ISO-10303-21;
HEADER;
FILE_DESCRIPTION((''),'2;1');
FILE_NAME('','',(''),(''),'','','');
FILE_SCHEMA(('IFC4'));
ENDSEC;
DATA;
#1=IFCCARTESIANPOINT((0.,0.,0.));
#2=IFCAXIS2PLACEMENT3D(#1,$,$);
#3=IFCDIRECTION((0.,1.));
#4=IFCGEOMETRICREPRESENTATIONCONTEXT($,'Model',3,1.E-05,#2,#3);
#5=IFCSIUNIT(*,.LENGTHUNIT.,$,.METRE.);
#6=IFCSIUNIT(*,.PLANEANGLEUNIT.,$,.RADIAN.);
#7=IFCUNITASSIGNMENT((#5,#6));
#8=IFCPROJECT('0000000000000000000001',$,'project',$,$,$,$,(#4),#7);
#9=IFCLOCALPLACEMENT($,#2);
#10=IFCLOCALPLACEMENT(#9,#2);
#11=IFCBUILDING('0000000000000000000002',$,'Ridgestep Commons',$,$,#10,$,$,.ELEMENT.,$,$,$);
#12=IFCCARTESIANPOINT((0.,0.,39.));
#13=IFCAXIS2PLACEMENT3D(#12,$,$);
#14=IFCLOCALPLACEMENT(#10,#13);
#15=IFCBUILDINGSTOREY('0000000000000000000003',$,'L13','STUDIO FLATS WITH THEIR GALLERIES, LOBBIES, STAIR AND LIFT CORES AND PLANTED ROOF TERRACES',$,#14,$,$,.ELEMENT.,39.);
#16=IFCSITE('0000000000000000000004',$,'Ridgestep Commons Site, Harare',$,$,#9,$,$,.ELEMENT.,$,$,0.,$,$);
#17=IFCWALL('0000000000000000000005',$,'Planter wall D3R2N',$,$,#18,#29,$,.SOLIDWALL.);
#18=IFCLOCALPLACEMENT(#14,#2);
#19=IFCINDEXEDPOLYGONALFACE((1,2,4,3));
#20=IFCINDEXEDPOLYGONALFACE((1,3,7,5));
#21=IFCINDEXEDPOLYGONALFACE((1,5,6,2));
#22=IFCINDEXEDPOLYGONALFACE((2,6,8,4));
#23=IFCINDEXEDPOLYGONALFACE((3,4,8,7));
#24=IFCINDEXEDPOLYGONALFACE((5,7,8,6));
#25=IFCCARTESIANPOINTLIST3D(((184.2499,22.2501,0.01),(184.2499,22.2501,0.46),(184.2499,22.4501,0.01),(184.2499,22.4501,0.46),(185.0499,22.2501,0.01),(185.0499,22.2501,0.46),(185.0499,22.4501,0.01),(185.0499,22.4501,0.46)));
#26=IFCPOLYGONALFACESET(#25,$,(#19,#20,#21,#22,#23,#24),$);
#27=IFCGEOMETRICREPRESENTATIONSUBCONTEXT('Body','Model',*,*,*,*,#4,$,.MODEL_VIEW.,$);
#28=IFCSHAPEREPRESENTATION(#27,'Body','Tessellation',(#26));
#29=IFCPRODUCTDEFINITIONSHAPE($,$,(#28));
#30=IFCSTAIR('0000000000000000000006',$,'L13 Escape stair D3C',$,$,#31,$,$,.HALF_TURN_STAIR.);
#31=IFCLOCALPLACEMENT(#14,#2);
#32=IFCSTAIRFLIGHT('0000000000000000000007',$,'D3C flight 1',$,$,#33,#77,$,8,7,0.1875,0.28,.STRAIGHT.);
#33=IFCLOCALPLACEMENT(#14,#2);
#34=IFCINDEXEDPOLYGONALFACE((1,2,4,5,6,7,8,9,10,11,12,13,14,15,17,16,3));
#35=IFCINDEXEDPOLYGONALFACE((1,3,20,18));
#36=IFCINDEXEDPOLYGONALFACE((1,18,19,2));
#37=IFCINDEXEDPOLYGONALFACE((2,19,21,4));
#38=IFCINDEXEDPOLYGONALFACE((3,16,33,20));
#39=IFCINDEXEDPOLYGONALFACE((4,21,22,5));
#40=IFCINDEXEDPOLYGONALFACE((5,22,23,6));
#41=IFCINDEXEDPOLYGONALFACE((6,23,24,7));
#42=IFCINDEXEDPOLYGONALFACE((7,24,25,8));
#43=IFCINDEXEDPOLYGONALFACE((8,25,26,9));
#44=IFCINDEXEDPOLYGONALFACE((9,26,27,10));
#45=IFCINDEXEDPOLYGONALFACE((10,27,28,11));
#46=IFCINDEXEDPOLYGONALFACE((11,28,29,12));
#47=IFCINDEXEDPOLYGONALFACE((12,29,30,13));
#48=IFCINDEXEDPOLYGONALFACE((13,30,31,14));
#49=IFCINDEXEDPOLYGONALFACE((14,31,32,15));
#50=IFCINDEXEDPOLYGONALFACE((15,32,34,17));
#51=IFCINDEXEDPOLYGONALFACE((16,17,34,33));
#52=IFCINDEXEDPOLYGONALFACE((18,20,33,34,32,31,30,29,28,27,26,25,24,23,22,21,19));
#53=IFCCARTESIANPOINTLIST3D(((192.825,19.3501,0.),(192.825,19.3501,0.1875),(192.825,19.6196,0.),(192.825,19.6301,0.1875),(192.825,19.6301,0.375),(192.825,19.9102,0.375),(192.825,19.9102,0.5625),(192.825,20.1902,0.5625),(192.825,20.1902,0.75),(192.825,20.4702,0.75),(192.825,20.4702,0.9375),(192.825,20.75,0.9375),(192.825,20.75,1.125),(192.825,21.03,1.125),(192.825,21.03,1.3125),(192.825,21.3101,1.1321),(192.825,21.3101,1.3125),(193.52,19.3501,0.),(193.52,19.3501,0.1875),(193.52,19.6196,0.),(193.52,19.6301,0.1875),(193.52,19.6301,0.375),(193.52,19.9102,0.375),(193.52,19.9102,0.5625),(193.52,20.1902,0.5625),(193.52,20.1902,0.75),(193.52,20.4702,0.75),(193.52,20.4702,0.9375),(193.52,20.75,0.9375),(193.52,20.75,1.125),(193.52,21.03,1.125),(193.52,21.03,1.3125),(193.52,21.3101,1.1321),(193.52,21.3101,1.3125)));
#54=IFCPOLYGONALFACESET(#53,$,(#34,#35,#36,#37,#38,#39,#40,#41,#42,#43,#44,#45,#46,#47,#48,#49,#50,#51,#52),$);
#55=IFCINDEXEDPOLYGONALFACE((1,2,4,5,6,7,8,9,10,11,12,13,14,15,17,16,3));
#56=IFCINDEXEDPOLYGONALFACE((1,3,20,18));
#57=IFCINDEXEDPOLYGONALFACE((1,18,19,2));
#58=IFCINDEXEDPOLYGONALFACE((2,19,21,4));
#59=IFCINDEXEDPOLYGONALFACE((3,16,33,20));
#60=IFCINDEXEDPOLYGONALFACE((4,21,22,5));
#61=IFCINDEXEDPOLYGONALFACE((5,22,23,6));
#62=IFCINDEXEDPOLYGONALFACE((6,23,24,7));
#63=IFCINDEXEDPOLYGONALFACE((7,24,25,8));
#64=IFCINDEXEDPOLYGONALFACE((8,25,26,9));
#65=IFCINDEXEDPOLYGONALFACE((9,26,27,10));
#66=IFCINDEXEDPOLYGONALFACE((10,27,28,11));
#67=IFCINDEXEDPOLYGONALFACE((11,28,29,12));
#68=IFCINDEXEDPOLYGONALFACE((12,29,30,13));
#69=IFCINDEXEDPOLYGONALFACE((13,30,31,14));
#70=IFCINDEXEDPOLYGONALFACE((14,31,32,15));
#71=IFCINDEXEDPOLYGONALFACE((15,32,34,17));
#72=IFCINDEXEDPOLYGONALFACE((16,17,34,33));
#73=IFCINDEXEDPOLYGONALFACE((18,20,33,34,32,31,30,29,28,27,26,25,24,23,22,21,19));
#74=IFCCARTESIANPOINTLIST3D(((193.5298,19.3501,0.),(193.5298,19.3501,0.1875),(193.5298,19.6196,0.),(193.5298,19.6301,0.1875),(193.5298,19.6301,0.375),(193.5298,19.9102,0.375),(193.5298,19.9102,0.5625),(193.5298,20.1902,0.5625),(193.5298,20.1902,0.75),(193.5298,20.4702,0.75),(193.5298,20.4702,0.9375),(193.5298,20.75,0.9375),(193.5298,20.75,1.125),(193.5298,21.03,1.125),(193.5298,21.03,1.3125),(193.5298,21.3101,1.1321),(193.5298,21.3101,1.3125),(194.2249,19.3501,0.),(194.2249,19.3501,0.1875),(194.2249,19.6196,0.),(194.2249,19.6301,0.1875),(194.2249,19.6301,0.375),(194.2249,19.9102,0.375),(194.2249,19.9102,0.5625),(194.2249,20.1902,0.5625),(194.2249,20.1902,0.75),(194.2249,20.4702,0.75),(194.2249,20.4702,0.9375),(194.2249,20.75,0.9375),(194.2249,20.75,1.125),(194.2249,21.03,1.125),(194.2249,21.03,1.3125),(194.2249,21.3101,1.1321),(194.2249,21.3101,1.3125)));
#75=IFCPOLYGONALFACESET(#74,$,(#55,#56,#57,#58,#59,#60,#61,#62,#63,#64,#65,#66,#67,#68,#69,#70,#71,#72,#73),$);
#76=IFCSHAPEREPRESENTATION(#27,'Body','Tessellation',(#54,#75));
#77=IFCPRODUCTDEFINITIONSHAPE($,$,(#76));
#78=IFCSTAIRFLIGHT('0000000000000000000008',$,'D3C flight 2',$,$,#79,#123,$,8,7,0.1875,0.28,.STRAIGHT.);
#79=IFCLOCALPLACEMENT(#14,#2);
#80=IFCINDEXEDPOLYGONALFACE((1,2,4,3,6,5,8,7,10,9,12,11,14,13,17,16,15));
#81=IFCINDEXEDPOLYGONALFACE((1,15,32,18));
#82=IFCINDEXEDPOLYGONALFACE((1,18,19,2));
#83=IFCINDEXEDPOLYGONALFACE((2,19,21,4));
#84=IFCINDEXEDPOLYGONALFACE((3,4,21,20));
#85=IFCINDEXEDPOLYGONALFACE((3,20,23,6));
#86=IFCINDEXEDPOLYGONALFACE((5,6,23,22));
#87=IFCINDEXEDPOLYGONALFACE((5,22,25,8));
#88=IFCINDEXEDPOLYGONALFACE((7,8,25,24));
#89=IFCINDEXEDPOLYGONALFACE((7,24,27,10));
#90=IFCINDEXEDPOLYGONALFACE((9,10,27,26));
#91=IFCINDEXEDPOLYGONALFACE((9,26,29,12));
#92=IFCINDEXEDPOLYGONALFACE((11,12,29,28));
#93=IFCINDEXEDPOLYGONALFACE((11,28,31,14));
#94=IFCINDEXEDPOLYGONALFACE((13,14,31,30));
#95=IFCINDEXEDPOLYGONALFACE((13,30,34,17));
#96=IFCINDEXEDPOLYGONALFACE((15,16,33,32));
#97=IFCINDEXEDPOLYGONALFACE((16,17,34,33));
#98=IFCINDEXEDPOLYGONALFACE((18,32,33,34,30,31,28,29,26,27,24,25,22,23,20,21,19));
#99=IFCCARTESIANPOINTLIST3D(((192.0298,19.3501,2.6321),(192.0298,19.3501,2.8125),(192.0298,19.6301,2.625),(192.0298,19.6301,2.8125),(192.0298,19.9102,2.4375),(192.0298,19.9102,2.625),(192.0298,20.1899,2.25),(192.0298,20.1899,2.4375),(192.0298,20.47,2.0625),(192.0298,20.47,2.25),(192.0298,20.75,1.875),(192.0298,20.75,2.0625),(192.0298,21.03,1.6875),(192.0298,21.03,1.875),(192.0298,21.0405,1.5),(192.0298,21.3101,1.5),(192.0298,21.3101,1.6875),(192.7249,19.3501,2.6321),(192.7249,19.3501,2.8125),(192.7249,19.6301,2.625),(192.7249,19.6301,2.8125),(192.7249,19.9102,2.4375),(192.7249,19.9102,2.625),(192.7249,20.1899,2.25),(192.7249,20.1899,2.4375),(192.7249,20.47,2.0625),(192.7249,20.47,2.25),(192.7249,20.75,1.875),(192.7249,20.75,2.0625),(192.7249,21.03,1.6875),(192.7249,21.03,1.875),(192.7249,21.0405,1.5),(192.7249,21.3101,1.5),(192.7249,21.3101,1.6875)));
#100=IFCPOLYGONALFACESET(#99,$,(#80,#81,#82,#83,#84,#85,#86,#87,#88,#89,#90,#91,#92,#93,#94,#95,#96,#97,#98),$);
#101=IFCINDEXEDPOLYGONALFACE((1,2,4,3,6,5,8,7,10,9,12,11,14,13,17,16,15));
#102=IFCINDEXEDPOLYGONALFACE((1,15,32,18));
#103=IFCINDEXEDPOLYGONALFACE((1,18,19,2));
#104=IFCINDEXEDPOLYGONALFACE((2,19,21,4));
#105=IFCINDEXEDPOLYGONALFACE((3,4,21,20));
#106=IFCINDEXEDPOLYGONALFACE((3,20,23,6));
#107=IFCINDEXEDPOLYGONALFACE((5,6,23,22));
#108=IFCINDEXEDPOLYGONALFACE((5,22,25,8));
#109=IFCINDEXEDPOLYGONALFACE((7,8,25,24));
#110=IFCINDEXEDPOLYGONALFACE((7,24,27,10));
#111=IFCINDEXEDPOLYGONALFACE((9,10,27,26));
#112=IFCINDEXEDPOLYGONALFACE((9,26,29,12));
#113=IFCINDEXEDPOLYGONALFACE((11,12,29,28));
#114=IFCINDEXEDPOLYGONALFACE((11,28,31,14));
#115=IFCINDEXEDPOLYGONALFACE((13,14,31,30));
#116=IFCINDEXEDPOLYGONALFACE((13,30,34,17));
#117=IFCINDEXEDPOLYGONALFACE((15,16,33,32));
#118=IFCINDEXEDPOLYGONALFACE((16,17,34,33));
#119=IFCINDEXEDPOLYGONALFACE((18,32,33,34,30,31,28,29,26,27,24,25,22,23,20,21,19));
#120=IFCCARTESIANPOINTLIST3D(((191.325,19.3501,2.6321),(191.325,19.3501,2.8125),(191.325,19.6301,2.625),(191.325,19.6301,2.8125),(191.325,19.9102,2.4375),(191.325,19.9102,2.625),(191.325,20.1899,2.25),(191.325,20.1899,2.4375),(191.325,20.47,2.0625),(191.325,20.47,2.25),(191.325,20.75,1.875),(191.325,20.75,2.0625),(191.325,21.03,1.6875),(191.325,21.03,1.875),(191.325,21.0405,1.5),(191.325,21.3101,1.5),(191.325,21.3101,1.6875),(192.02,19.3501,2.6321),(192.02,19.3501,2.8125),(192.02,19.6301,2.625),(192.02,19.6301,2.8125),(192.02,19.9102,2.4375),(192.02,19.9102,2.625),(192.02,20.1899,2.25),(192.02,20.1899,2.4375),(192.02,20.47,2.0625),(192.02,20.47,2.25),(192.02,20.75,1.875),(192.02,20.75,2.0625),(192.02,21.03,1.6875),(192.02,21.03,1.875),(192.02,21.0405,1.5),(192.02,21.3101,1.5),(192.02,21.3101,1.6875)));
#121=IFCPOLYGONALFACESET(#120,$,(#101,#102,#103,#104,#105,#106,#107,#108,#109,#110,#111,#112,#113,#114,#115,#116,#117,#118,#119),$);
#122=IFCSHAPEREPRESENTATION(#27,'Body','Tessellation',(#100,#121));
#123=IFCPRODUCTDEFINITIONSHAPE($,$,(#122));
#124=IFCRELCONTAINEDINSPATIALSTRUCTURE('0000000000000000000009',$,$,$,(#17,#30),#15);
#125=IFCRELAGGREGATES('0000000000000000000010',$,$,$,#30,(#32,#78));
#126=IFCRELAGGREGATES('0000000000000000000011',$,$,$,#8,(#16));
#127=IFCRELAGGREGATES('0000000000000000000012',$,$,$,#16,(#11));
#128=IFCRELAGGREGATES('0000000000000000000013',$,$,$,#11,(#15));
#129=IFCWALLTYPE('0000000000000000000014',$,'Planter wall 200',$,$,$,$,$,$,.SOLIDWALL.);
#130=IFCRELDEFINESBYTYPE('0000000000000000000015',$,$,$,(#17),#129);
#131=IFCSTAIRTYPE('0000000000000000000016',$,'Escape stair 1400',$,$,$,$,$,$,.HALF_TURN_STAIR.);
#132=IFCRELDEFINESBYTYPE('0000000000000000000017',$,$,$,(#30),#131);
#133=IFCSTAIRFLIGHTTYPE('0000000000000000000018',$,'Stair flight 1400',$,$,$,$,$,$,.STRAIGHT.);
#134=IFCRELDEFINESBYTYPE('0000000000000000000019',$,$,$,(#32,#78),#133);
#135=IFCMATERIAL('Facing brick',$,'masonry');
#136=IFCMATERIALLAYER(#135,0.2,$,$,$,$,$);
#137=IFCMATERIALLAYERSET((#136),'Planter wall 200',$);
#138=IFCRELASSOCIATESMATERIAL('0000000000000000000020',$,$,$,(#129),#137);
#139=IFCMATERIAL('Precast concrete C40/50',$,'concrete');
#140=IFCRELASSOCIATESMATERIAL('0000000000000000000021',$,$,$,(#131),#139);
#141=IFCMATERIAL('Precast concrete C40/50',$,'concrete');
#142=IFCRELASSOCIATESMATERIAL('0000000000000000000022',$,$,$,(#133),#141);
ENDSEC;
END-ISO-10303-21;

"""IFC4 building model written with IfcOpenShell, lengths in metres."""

from ifc_helpers import new_model, si_unit, direction, frame, frame_2d, origin, place, context, subcontext, project, spatial, polyline, rectangle, outline, extrude, material, layer, layer_set, type_object, element, aggregate, save


model = new_model("IFC4")

# Units and contexts
model_context = context("Model", 3, precision=1e-05, world=origin(), true_north=direction((0.0, 1.0)))
body_context = subcontext(model_context, "Body", "Model", "MODEL_VIEW")
ifc_project = project(units=[si_unit("LENGTHUNIT", "METRE"), si_unit("PLANEANGLEUNIT", "RADIAN")], contexts=[model_context])

# Site, building, storey
site_placement = place(None, origin())
site = spatial("IfcSite", under=ifc_project, at=site_placement, Name="Ridgestep Commons Site, Harare", CompositionType="ELEMENT", RefElevation=0.0)
building_placement = place(site_placement, origin())
building = spatial("IfcBuilding", under=site, at=building_placement, Name="Ridgestep Commons", CompositionType="ELEMENT")
storey_placement = place(building_placement, frame((0.0, 0.0, 39.0)))
storey = spatial("IfcBuildingStorey", under=building, at=storey_placement, Name="L13", Description="STUDIO FLATS WITH THEIR GALLERIES, LOBBIES, STAIR AND LIFT CORES AND PLANTED ROOF TERRACES", CompositionType="ELEMENT", Elevation=39.0)

# Wall
ifc_material_1 = material(Name="Facing brick", Category="masonry")
ifc_layer_1 = layer(ifc_material_1, 0.2)
ifc_layer_set_1 = layer_set([ifc_layer_1], Name="Planter wall 200")
wall_type_1 = type_object("IfcWallType", Name="Planter wall 200", PredefinedType="SOLIDWALL", material=ifc_layer_set_1)
for number, where, z_axis, x_axis, name in (
    (1, (184.25, 22.3501, 0.01), (0.0, 0.0, 1.0), (1.0, 0.0, 0.0), "Planter wall D3R2N"),
):
    element("IfcWall", number, at=place(storey_placement, frame(where, z_axis=z_axis, x_axis=x_axis)), inside=storey, type_object=wall_type_1, Name=name, PredefinedType="SOLIDWALL", context=body_context, shape_type="SweptSolid", body=[
        extrude(rectangle(XDim=0.8, YDim=0.2, at=frame_2d((0.3999, 0.0))), origin(), (0.0, 0.0, 1.0), 0.45),
    ])

# Stair, stair flights
ifc_material_2 = material(Name="Precast concrete C40/50", Category="concrete")
stair_type = type_object("IfcStairType", Name="Escape stair 1400", PredefinedType="HALF_TURN_STAIR", material=ifc_material_2)
stair_placement = place(storey_placement, origin())
stair = element("IfcStair", 2, at=stair_placement, inside=storey, type_object=stair_type, Name="L13 Escape stair D3C", PredefinedType="HALF_TURN_STAIR")
ifc_material_3 = material(Name="Precast concrete C40/50", Category="concrete")
stair_flight_type = type_object("IfcStairFlightType", Name="Stair flight 1400", PredefinedType="STRAIGHT", material=ifc_material_3)
stair_flight_1_placement = place(storey_placement, frame((193.5249, 19.3501, 0.0), z_axis=(0.0, 0.0, 1.0), x_axis=(0.0, 1.0, 0.0)))
stair_flight_1 = element("IfcStairFlight", 3, at=stair_flight_1_placement, type_object=stair_flight_type, Name="D3C flight 1", NumberOfRisers=8, NumberOfTreads=7, PredefinedType="STRAIGHT", RiserHeight=0.1875, TreadLength=0.28, context=body_context, shape_type="SweptSolid", body=[
    extrude(outline(polyline([(0.0, 0.0), (0.0, 0.1875), (0.28, 0.1875), (0.28, 0.375), (0.5601, 0.375), (0.5601, 0.5625), (0.8401, 0.5625), (0.8401, 0.75), (1.1201, 0.75), (1.1201, 0.9375), (1.3999, 0.9375), (1.3999, 1.125), (1.6799, 1.125), (1.6799, 1.3125), (1.96, 1.3125), (1.96, 1.5), (1.96, 1.1321), (0.2695, 0.0), (0.0, 0.0)])), frame((0.0, 0.7, 0.0), z_axis=(0.0, -1.0, 0.0), x_axis=(1.0, 0.0, 0.0)), (0.0, 0.0, 1.0), 0.6951),
    extrude(outline(polyline([(0.0, 0.0), (0.0, 0.1875), (0.28, 0.1875), (0.28, 0.375), (0.5601, 0.375), (0.5601, 0.5625), (0.8401, 0.5625), (0.8401, 0.75), (1.1201, 0.75), (1.1201, 0.9375), (1.3999, 0.9375), (1.3999, 1.125), (1.6799, 1.125), (1.6799, 1.3125), (1.96, 1.3125), (1.96, 1.5), (1.96, 1.1321), (0.2695, 0.0), (0.0, 0.0)])), frame((0.0, -0.0049, 0.0), z_axis=(0.0, -1.0, 0.0), x_axis=(1.0, 0.0, 0.0)), (0.0, 0.0, 1.0), 0.6951),
])
stair_flight_2_placement = place(storey_placement, frame((192.0249, 21.3101, 1.5), z_axis=(0.0, 0.0, 1.0), x_axis=(0.0, -1.0, 0.0)))
stair_flight_2 = element("IfcStairFlight", 4, at=stair_flight_2_placement, type_object=stair_flight_type, Name="D3C flight 2", NumberOfRisers=8, NumberOfTreads=7, PredefinedType="STRAIGHT", RiserHeight=0.1875, TreadLength=0.28, context=body_context, shape_type="SweptSolid", body=[
    extrude(outline(polyline([(0.0, 0.0), (0.0, 0.1875), (0.28, 0.1875), (0.28, 0.375), (0.5601, 0.375), (0.5601, 0.5625), (0.8401, 0.5625), (0.8401, 0.75), (1.1201, 0.75), (1.1201, 0.9375), (1.3999, 0.9375), (1.3999, 1.125), (1.6799, 1.125), (1.6799, 1.3125), (1.96, 1.3125), (1.96, 1.5), (1.96, 1.1321), (0.2695, 0.0), (0.0, 0.0)])), frame((0.0, 0.7, 0.0), z_axis=(0.0, -1.0, 0.0), x_axis=(1.0, 0.0, 0.0)), (0.0, 0.0, 1.0), 0.6951),
    extrude(outline(polyline([(0.0, 0.0), (0.0, 0.1875), (0.28, 0.1875), (0.28, 0.375), (0.5601, 0.375), (0.5601, 0.5625), (0.8401, 0.5625), (0.8401, 0.75), (1.1201, 0.75), (1.1201, 0.9375), (1.3999, 0.9375), (1.3999, 1.125), (1.6799, 1.125), (1.6799, 1.3125), (1.96, 1.3125), (1.96, 1.5), (1.96, 1.1321), (0.2695, 0.0), (0.0, 0.0)])), frame((0.0, -0.0049, 0.0), z_axis=(0.0, -1.0, 0.0), x_axis=(1.0, 0.0, 0.0)), (0.0, 0.0, 1.0), 0.6951),
])
aggregate(stair, [stair_flight_1, stair_flight_2])

save(model, "model.ifc")
